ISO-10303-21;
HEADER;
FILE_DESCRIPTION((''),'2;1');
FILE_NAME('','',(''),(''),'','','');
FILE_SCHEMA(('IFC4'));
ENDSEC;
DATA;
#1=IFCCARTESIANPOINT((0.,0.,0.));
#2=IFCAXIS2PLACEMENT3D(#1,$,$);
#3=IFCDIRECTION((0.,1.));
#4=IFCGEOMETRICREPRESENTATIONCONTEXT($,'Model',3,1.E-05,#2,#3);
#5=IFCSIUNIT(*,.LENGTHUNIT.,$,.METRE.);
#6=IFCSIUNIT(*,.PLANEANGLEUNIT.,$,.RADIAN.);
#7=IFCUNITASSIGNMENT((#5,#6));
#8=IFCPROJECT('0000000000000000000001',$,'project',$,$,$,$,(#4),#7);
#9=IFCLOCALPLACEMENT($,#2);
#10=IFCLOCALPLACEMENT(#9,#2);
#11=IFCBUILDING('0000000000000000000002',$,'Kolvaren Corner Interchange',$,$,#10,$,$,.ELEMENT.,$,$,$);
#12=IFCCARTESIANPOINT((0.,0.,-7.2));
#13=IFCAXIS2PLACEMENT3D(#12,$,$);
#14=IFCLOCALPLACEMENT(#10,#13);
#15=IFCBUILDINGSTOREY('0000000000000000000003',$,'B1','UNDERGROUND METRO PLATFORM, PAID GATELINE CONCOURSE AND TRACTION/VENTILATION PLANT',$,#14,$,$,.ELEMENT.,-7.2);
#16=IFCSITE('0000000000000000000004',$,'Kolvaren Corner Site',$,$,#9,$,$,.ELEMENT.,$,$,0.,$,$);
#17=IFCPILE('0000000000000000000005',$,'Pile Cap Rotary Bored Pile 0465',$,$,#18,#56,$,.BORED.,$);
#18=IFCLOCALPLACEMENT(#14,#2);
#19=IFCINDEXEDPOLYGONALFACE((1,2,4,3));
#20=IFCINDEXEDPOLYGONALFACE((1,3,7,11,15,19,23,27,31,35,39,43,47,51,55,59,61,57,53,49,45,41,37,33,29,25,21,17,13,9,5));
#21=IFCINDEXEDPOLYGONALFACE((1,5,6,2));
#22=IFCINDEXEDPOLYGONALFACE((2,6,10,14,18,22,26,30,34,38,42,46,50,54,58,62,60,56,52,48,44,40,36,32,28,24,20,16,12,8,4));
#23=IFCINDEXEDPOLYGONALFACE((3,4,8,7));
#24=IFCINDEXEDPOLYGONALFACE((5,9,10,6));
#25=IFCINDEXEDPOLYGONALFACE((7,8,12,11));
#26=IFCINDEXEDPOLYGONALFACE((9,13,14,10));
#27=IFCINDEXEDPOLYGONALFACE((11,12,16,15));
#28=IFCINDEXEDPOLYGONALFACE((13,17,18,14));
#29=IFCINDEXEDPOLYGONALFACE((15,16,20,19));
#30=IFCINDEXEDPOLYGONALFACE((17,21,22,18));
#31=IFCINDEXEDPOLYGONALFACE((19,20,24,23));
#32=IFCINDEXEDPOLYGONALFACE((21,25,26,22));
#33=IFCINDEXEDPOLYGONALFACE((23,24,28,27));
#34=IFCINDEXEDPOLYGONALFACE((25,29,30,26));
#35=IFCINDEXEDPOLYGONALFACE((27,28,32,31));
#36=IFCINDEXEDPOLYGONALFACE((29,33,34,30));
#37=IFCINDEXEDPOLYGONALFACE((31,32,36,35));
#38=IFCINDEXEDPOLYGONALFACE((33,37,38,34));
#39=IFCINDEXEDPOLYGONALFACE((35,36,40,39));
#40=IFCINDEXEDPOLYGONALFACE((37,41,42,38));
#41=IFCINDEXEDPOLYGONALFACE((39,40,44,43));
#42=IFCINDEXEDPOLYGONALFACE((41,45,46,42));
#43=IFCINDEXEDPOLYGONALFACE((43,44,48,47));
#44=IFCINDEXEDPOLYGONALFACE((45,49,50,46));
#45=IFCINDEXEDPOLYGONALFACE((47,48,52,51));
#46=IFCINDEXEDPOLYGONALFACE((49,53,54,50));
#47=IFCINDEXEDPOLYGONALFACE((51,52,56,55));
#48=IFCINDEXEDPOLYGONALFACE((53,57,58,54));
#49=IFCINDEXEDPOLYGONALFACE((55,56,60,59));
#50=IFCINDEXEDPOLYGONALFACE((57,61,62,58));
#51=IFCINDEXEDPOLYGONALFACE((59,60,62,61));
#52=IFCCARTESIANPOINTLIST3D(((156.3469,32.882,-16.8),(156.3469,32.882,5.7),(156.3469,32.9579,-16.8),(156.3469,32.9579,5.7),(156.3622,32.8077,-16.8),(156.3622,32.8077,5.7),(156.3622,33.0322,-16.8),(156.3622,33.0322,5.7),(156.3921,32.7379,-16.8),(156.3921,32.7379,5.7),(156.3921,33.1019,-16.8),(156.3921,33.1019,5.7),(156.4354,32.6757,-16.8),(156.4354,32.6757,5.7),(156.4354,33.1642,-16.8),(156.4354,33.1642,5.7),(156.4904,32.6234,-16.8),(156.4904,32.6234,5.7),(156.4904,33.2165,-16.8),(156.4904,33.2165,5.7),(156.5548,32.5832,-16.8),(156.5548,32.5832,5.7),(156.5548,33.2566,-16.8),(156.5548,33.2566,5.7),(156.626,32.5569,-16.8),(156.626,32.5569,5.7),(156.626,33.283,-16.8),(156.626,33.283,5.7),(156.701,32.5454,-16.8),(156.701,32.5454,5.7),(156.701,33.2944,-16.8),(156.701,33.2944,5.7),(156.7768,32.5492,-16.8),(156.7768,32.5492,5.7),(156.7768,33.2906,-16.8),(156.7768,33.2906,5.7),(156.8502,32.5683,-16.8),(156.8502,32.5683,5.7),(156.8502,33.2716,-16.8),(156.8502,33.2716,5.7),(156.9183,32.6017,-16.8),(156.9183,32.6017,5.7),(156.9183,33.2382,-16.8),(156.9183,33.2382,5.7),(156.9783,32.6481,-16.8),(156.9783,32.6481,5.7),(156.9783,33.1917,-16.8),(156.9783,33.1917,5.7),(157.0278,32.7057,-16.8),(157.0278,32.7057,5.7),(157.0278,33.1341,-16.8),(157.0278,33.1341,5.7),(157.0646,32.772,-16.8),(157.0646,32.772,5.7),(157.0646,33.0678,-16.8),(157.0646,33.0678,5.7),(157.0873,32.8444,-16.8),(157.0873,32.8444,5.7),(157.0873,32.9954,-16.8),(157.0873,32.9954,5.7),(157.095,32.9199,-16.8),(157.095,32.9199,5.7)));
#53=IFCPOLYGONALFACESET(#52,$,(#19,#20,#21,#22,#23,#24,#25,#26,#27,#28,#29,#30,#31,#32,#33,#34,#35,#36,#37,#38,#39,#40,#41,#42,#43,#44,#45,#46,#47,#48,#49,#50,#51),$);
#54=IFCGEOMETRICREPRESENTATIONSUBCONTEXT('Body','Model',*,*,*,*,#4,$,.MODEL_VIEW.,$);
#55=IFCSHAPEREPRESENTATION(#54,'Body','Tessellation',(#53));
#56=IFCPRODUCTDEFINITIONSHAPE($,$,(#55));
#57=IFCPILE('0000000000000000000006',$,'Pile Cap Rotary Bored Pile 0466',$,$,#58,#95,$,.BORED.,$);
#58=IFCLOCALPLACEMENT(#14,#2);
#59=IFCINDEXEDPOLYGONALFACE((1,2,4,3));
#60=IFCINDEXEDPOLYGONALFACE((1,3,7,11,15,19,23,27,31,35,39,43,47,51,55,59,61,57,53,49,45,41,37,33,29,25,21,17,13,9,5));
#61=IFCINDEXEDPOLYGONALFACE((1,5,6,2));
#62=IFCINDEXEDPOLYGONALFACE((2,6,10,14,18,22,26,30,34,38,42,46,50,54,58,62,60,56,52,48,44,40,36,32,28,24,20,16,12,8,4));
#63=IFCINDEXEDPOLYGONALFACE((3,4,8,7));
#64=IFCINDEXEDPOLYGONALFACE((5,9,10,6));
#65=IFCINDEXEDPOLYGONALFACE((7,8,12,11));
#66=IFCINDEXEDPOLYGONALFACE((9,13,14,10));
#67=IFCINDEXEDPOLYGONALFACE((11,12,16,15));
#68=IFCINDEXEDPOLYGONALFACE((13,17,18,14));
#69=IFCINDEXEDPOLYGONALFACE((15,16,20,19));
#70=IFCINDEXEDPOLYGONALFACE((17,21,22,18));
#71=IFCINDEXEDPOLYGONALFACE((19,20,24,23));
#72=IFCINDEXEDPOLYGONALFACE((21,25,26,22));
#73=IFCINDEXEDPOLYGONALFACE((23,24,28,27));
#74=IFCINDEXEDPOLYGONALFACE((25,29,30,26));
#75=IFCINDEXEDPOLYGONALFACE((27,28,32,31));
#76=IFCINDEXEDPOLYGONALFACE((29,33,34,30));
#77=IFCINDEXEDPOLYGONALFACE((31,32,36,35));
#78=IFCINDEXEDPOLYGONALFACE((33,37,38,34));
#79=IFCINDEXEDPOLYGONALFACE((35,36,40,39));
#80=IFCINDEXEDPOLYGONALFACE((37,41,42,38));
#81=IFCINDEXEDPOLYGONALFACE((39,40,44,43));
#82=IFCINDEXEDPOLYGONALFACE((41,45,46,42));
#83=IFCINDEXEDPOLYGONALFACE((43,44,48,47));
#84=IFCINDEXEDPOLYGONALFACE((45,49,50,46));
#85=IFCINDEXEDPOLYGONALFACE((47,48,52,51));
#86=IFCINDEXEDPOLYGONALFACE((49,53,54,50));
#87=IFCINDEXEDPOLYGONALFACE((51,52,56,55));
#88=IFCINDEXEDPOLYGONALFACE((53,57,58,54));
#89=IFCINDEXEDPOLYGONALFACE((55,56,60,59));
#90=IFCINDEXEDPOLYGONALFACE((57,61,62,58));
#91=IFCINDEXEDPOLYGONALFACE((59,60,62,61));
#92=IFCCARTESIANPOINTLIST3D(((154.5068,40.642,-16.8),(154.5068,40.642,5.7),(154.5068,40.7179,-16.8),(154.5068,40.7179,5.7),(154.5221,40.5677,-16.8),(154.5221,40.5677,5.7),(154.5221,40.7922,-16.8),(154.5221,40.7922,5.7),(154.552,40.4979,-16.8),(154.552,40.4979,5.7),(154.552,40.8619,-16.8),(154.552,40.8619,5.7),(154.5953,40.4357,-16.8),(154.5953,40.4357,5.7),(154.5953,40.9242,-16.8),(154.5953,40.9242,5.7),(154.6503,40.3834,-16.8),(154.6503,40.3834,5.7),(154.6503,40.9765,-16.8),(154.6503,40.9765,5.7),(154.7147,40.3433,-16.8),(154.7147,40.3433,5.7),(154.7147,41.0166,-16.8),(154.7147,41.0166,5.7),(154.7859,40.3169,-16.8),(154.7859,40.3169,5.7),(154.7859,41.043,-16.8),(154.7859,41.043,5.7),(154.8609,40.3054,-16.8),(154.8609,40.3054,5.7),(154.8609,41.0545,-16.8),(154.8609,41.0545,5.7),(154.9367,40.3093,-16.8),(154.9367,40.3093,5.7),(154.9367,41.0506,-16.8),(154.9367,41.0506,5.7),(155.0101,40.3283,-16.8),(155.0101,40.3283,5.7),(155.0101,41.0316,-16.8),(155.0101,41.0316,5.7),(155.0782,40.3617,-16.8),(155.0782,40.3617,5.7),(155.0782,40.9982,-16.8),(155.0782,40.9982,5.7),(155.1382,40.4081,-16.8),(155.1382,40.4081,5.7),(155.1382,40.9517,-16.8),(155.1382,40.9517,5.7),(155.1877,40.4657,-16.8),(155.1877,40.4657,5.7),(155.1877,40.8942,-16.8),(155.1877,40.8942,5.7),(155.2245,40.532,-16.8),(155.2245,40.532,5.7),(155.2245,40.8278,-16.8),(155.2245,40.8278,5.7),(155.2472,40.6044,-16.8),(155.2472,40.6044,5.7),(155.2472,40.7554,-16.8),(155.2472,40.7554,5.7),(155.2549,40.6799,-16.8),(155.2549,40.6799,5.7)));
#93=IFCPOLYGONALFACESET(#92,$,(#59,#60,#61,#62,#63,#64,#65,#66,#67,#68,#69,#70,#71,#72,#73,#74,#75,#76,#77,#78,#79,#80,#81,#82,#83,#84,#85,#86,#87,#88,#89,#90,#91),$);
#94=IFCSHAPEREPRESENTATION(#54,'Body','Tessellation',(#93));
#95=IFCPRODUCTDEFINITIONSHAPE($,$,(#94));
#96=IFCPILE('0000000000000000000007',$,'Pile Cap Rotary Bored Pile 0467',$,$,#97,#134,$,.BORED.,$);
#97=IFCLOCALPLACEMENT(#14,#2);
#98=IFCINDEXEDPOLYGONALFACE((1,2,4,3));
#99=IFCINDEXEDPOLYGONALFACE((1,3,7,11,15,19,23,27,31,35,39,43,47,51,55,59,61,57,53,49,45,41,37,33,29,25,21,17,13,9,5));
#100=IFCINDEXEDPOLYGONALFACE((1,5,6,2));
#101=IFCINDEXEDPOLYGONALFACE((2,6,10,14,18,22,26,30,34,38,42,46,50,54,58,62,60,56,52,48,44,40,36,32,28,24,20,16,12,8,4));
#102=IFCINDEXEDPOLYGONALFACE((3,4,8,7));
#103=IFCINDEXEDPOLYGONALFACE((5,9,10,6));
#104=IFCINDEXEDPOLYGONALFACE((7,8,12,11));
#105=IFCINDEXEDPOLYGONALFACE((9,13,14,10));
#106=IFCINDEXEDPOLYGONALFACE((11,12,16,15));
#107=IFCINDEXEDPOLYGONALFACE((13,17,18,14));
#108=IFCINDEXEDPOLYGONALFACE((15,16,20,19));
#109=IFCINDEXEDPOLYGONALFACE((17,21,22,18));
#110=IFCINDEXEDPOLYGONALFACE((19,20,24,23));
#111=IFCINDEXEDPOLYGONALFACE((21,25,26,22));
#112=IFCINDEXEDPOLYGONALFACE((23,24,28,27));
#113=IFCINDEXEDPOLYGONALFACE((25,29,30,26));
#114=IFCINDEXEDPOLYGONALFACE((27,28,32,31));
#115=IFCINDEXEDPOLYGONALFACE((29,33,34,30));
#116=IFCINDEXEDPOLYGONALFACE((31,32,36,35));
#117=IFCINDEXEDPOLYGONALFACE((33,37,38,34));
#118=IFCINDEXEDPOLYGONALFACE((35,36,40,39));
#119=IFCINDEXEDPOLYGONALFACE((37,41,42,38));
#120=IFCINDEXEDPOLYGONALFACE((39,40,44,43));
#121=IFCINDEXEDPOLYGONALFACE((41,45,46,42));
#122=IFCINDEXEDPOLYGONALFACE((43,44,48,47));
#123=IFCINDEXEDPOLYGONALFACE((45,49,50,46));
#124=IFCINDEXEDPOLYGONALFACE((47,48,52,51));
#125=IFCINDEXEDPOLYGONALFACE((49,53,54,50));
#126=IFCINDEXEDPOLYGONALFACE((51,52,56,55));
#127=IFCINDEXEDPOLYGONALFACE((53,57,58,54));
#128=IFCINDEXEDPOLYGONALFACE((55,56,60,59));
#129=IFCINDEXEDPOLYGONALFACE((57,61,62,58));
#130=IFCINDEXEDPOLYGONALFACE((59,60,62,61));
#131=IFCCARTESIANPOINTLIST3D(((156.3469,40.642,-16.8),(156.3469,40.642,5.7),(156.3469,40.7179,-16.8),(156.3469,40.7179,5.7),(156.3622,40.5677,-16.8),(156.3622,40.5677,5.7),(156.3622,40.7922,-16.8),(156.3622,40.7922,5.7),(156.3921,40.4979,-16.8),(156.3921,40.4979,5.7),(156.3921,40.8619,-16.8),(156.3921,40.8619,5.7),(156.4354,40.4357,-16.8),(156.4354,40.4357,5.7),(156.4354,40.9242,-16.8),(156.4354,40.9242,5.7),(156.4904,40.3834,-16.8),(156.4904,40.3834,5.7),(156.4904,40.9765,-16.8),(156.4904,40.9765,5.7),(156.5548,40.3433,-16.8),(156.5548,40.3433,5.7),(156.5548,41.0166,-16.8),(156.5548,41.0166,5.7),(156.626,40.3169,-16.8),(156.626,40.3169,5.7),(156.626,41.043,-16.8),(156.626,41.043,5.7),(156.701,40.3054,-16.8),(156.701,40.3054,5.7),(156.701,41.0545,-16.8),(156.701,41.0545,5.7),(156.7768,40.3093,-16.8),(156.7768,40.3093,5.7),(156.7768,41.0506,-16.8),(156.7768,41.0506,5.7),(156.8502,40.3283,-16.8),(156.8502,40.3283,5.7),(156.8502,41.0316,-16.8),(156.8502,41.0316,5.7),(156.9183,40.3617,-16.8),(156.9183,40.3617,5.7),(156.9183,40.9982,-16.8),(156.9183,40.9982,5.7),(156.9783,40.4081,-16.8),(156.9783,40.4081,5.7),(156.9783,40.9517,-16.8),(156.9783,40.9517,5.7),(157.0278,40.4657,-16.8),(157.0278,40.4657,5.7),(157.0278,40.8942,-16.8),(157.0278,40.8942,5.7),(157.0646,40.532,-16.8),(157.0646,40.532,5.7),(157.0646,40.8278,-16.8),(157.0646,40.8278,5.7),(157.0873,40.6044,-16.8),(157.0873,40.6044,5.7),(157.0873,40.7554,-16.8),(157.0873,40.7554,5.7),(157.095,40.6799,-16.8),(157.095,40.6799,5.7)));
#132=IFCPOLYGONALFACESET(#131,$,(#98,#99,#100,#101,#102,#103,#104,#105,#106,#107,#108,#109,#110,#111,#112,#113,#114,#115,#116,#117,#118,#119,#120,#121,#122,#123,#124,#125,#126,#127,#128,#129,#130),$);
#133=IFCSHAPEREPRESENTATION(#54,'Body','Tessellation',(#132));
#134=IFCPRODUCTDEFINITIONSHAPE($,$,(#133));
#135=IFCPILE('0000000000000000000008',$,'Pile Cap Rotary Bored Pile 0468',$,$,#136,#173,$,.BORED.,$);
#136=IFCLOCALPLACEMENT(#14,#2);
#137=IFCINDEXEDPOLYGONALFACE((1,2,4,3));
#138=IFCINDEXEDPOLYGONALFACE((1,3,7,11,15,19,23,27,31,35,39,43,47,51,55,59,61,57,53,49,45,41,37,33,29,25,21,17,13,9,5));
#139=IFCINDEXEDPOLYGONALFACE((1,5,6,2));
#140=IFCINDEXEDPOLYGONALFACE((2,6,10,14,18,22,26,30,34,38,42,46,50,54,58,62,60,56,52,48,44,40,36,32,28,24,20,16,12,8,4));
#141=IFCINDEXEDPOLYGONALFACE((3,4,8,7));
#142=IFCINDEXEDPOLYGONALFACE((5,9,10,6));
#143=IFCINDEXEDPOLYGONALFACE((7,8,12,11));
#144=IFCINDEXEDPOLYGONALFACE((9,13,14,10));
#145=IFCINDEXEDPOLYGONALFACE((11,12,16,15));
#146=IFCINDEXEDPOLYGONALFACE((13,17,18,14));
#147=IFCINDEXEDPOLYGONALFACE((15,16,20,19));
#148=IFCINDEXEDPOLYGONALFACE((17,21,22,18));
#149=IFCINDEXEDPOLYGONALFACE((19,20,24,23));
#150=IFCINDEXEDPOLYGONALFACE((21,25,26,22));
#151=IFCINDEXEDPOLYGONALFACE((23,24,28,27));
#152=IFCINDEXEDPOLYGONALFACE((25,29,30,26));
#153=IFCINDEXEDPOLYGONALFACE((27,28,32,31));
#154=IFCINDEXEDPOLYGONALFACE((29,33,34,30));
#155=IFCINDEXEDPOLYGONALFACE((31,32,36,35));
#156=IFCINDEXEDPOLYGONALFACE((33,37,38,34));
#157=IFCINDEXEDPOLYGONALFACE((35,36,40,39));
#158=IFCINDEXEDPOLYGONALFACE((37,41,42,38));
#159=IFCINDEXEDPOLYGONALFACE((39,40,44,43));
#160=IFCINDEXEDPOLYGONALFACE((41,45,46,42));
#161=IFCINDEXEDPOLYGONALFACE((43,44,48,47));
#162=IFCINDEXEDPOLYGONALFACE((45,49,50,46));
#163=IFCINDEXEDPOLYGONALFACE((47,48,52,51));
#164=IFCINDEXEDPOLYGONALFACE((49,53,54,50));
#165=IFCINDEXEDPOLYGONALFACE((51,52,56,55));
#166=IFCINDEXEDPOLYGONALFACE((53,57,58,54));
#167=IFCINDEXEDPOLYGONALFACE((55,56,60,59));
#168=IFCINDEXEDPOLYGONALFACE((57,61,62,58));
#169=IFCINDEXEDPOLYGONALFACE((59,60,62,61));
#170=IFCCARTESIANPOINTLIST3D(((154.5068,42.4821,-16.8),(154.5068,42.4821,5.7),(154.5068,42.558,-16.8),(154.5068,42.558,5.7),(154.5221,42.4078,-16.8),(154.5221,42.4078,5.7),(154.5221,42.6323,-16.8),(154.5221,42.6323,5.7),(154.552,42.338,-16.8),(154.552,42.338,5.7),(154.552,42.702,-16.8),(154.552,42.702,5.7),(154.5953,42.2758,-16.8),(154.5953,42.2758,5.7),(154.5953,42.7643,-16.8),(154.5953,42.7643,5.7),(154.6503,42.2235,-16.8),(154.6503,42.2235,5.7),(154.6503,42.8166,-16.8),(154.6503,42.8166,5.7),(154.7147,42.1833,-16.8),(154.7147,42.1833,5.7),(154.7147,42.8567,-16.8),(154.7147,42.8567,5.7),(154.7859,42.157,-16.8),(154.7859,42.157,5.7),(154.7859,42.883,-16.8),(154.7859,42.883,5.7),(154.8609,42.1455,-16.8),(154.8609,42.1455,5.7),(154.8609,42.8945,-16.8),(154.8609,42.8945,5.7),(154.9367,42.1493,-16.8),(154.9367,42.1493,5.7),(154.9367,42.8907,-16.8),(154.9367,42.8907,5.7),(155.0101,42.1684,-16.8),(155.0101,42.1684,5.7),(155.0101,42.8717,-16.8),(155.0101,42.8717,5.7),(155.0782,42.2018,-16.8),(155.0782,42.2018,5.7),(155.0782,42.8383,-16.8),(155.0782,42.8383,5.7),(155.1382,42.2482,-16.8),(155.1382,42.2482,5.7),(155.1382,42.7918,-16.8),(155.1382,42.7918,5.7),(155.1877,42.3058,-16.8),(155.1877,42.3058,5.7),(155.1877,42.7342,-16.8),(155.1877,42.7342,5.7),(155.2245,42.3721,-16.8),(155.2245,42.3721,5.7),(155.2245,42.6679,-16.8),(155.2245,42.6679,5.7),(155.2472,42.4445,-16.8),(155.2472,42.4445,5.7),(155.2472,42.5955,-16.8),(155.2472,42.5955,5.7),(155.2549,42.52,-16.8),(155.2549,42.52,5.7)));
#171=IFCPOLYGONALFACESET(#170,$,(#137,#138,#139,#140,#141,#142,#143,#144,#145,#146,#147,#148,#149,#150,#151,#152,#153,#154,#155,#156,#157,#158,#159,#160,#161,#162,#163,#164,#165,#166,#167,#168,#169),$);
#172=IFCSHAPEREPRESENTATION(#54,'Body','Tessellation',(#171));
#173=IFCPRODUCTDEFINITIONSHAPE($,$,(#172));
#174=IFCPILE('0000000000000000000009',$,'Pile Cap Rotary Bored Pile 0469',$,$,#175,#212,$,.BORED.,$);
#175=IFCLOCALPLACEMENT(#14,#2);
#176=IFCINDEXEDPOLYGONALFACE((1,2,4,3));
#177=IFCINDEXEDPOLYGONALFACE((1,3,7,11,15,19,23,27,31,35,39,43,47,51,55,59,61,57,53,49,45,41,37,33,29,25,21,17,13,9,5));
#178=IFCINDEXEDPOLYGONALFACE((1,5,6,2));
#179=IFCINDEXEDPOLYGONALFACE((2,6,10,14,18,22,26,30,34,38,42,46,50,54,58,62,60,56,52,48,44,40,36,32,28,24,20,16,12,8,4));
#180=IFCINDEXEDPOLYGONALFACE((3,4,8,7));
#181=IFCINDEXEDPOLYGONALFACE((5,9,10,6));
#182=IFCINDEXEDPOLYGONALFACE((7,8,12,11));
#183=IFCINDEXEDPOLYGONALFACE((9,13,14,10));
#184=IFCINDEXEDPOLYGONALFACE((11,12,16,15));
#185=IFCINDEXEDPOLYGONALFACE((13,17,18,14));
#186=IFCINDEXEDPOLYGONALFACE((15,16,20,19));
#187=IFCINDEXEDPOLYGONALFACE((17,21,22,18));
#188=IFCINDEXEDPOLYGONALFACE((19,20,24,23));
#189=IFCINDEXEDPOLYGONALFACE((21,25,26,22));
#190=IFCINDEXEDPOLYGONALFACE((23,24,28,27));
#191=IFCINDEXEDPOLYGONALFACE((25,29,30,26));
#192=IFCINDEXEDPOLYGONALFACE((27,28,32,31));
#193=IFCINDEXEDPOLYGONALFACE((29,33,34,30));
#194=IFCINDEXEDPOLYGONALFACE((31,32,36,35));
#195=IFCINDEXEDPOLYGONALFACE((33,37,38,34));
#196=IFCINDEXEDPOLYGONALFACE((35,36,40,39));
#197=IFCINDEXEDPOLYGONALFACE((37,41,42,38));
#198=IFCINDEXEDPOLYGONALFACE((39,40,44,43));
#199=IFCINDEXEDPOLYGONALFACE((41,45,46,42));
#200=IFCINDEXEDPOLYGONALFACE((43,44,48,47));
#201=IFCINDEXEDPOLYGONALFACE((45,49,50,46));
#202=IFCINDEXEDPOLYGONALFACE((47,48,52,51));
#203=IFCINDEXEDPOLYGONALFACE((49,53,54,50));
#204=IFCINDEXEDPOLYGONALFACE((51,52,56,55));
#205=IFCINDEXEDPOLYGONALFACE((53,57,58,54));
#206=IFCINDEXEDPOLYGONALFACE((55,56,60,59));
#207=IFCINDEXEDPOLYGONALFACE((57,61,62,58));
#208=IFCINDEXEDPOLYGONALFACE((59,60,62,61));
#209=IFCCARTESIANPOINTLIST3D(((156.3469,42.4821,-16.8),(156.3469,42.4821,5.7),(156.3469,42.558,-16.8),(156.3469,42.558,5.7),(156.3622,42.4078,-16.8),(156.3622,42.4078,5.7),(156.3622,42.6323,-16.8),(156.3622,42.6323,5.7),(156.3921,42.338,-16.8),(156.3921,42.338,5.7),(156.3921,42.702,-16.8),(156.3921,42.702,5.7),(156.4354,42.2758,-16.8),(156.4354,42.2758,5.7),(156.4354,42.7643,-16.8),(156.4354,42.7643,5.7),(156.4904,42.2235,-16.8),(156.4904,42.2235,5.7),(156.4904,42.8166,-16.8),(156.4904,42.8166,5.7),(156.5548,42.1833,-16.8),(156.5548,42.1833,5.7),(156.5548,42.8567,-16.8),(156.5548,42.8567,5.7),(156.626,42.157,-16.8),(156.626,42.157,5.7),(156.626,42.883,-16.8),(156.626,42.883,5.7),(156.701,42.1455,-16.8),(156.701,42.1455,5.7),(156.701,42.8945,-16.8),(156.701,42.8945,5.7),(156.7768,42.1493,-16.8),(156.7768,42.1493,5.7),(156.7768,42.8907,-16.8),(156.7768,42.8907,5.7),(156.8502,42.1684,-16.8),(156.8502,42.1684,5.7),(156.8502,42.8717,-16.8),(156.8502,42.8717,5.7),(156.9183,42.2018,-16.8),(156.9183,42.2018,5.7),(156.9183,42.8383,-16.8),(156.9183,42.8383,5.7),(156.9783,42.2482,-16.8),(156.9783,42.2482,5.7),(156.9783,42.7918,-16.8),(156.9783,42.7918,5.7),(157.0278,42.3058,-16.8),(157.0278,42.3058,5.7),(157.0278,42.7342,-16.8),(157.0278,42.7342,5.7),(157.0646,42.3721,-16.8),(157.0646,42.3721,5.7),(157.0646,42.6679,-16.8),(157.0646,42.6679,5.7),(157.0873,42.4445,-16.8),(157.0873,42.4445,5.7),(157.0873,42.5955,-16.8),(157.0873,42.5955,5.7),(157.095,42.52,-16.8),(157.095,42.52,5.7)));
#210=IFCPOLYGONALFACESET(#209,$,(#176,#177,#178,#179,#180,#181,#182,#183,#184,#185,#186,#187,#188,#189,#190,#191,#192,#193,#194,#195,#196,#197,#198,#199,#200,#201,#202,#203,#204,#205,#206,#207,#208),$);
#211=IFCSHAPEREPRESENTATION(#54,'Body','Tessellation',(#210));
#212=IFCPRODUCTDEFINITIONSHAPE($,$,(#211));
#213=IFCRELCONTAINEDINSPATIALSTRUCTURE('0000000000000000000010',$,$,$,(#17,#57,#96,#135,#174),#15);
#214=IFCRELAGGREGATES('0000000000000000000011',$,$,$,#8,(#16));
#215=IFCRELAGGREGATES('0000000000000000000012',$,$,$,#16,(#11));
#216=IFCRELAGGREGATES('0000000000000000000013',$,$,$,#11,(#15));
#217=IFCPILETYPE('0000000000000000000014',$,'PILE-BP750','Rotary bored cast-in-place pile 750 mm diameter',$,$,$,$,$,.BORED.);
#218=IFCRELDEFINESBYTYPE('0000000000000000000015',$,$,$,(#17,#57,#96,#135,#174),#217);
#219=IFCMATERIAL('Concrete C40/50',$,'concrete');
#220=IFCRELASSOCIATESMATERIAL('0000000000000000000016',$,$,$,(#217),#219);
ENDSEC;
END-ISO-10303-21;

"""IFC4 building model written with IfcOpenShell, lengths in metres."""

from ifc_helpers import new_model, si_unit, direction, frame, origin, origin_2d, place, context, subcontext, project, spatial, circle, extrude, material, material_profile, profile_set, type_object, element, save


model = new_model("IFC4")

# Units and contexts
model_context = context("Model", 3, precision=1e-05, world=origin(), true_north=direction((0.0, 1.0)))
body_context = subcontext(model_context, "Body", "Model", "MODEL_VIEW")
ifc_project = project(units=[si_unit("LENGTHUNIT", "METRE"), si_unit("PLANEANGLEUNIT", "RADIAN")], contexts=[model_context])

# Site, building, storey
site_placement = place(None, origin())
site = spatial("IfcSite", under=ifc_project, at=site_placement, Name="Kolvaren Corner Site", CompositionType="ELEMENT", RefElevation=0.0)
building_placement = place(site_placement, origin())
building = spatial("IfcBuilding", under=site, at=building_placement, Name="Kolvaren Corner Interchange", CompositionType="ELEMENT")
storey_placement = place(building_placement, frame((0.0, 0.0, -7.2)))
storey = spatial("IfcBuildingStorey", under=building, at=storey_placement, Name="B1", Description="UNDERGROUND METRO PLATFORM, PAID GATELINE CONCOURSE AND TRACTION/VENTILATION PLANT", CompositionType="ELEMENT", Elevation=-7.2)

# Piles
ifc_material_1 = material(Name="Concrete C40/50", Category="concrete")
ifc_material_profile_1 = material_profile(ifc_material_1, circle(Radius=0.375, at=origin_2d()), Name="BORED PILE 750")
ifc_profile_set_1 = profile_set([ifc_material_profile_1], Name="Concrete C40/50")
pile_type_1 = type_object("IfcPileType", Name="PILE-BP750", Description="Rotary bored cast-in-place pile 750 mm diameter", PredefinedType="BORED", material=ifc_profile_set_1)
for number, where, z_axis, x_axis, name in (
    (1, (156.72, 32.9199, 5.7), (0.0, 0.0, -1.0), (1.0, 0.0, 0.0), "Pile Cap Rotary Bored Pile 0465"),
    (2, (154.8799, 40.6799, 5.7), (0.0, 0.0, -1.0), (1.0, 0.0, 0.0), "Pile Cap Rotary Bored Pile 0466"),
    (3, (156.72, 40.6799, 5.7), (0.0, 0.0, -1.0), (1.0, 0.0, 0.0), "Pile Cap Rotary Bored Pile 0467"),
    (4, (154.8799, 42.52, 5.7), (0.0, 0.0, -1.0), (1.0, 0.0, 0.0), "Pile Cap Rotary Bored Pile 0468"),
    (5, (156.72, 42.52, 5.7), (0.0, 0.0, -1.0), (1.0, 0.0, 0.0), "Pile Cap Rotary Bored Pile 0469"),
):
    element("IfcPile", number, at=place(storey_placement, frame(where, z_axis=z_axis, x_axis=x_axis)), inside=storey, type_object=pile_type_1, Name=name, PredefinedType="BORED", context=body_context, shape_type="SweptSolid", body=[
        extrude(circle(Radius=0.375, at=origin_2d()), origin(), (0.0, 0.0, 1.0), 22.5),
    ])

save(model, "model.ifc")
